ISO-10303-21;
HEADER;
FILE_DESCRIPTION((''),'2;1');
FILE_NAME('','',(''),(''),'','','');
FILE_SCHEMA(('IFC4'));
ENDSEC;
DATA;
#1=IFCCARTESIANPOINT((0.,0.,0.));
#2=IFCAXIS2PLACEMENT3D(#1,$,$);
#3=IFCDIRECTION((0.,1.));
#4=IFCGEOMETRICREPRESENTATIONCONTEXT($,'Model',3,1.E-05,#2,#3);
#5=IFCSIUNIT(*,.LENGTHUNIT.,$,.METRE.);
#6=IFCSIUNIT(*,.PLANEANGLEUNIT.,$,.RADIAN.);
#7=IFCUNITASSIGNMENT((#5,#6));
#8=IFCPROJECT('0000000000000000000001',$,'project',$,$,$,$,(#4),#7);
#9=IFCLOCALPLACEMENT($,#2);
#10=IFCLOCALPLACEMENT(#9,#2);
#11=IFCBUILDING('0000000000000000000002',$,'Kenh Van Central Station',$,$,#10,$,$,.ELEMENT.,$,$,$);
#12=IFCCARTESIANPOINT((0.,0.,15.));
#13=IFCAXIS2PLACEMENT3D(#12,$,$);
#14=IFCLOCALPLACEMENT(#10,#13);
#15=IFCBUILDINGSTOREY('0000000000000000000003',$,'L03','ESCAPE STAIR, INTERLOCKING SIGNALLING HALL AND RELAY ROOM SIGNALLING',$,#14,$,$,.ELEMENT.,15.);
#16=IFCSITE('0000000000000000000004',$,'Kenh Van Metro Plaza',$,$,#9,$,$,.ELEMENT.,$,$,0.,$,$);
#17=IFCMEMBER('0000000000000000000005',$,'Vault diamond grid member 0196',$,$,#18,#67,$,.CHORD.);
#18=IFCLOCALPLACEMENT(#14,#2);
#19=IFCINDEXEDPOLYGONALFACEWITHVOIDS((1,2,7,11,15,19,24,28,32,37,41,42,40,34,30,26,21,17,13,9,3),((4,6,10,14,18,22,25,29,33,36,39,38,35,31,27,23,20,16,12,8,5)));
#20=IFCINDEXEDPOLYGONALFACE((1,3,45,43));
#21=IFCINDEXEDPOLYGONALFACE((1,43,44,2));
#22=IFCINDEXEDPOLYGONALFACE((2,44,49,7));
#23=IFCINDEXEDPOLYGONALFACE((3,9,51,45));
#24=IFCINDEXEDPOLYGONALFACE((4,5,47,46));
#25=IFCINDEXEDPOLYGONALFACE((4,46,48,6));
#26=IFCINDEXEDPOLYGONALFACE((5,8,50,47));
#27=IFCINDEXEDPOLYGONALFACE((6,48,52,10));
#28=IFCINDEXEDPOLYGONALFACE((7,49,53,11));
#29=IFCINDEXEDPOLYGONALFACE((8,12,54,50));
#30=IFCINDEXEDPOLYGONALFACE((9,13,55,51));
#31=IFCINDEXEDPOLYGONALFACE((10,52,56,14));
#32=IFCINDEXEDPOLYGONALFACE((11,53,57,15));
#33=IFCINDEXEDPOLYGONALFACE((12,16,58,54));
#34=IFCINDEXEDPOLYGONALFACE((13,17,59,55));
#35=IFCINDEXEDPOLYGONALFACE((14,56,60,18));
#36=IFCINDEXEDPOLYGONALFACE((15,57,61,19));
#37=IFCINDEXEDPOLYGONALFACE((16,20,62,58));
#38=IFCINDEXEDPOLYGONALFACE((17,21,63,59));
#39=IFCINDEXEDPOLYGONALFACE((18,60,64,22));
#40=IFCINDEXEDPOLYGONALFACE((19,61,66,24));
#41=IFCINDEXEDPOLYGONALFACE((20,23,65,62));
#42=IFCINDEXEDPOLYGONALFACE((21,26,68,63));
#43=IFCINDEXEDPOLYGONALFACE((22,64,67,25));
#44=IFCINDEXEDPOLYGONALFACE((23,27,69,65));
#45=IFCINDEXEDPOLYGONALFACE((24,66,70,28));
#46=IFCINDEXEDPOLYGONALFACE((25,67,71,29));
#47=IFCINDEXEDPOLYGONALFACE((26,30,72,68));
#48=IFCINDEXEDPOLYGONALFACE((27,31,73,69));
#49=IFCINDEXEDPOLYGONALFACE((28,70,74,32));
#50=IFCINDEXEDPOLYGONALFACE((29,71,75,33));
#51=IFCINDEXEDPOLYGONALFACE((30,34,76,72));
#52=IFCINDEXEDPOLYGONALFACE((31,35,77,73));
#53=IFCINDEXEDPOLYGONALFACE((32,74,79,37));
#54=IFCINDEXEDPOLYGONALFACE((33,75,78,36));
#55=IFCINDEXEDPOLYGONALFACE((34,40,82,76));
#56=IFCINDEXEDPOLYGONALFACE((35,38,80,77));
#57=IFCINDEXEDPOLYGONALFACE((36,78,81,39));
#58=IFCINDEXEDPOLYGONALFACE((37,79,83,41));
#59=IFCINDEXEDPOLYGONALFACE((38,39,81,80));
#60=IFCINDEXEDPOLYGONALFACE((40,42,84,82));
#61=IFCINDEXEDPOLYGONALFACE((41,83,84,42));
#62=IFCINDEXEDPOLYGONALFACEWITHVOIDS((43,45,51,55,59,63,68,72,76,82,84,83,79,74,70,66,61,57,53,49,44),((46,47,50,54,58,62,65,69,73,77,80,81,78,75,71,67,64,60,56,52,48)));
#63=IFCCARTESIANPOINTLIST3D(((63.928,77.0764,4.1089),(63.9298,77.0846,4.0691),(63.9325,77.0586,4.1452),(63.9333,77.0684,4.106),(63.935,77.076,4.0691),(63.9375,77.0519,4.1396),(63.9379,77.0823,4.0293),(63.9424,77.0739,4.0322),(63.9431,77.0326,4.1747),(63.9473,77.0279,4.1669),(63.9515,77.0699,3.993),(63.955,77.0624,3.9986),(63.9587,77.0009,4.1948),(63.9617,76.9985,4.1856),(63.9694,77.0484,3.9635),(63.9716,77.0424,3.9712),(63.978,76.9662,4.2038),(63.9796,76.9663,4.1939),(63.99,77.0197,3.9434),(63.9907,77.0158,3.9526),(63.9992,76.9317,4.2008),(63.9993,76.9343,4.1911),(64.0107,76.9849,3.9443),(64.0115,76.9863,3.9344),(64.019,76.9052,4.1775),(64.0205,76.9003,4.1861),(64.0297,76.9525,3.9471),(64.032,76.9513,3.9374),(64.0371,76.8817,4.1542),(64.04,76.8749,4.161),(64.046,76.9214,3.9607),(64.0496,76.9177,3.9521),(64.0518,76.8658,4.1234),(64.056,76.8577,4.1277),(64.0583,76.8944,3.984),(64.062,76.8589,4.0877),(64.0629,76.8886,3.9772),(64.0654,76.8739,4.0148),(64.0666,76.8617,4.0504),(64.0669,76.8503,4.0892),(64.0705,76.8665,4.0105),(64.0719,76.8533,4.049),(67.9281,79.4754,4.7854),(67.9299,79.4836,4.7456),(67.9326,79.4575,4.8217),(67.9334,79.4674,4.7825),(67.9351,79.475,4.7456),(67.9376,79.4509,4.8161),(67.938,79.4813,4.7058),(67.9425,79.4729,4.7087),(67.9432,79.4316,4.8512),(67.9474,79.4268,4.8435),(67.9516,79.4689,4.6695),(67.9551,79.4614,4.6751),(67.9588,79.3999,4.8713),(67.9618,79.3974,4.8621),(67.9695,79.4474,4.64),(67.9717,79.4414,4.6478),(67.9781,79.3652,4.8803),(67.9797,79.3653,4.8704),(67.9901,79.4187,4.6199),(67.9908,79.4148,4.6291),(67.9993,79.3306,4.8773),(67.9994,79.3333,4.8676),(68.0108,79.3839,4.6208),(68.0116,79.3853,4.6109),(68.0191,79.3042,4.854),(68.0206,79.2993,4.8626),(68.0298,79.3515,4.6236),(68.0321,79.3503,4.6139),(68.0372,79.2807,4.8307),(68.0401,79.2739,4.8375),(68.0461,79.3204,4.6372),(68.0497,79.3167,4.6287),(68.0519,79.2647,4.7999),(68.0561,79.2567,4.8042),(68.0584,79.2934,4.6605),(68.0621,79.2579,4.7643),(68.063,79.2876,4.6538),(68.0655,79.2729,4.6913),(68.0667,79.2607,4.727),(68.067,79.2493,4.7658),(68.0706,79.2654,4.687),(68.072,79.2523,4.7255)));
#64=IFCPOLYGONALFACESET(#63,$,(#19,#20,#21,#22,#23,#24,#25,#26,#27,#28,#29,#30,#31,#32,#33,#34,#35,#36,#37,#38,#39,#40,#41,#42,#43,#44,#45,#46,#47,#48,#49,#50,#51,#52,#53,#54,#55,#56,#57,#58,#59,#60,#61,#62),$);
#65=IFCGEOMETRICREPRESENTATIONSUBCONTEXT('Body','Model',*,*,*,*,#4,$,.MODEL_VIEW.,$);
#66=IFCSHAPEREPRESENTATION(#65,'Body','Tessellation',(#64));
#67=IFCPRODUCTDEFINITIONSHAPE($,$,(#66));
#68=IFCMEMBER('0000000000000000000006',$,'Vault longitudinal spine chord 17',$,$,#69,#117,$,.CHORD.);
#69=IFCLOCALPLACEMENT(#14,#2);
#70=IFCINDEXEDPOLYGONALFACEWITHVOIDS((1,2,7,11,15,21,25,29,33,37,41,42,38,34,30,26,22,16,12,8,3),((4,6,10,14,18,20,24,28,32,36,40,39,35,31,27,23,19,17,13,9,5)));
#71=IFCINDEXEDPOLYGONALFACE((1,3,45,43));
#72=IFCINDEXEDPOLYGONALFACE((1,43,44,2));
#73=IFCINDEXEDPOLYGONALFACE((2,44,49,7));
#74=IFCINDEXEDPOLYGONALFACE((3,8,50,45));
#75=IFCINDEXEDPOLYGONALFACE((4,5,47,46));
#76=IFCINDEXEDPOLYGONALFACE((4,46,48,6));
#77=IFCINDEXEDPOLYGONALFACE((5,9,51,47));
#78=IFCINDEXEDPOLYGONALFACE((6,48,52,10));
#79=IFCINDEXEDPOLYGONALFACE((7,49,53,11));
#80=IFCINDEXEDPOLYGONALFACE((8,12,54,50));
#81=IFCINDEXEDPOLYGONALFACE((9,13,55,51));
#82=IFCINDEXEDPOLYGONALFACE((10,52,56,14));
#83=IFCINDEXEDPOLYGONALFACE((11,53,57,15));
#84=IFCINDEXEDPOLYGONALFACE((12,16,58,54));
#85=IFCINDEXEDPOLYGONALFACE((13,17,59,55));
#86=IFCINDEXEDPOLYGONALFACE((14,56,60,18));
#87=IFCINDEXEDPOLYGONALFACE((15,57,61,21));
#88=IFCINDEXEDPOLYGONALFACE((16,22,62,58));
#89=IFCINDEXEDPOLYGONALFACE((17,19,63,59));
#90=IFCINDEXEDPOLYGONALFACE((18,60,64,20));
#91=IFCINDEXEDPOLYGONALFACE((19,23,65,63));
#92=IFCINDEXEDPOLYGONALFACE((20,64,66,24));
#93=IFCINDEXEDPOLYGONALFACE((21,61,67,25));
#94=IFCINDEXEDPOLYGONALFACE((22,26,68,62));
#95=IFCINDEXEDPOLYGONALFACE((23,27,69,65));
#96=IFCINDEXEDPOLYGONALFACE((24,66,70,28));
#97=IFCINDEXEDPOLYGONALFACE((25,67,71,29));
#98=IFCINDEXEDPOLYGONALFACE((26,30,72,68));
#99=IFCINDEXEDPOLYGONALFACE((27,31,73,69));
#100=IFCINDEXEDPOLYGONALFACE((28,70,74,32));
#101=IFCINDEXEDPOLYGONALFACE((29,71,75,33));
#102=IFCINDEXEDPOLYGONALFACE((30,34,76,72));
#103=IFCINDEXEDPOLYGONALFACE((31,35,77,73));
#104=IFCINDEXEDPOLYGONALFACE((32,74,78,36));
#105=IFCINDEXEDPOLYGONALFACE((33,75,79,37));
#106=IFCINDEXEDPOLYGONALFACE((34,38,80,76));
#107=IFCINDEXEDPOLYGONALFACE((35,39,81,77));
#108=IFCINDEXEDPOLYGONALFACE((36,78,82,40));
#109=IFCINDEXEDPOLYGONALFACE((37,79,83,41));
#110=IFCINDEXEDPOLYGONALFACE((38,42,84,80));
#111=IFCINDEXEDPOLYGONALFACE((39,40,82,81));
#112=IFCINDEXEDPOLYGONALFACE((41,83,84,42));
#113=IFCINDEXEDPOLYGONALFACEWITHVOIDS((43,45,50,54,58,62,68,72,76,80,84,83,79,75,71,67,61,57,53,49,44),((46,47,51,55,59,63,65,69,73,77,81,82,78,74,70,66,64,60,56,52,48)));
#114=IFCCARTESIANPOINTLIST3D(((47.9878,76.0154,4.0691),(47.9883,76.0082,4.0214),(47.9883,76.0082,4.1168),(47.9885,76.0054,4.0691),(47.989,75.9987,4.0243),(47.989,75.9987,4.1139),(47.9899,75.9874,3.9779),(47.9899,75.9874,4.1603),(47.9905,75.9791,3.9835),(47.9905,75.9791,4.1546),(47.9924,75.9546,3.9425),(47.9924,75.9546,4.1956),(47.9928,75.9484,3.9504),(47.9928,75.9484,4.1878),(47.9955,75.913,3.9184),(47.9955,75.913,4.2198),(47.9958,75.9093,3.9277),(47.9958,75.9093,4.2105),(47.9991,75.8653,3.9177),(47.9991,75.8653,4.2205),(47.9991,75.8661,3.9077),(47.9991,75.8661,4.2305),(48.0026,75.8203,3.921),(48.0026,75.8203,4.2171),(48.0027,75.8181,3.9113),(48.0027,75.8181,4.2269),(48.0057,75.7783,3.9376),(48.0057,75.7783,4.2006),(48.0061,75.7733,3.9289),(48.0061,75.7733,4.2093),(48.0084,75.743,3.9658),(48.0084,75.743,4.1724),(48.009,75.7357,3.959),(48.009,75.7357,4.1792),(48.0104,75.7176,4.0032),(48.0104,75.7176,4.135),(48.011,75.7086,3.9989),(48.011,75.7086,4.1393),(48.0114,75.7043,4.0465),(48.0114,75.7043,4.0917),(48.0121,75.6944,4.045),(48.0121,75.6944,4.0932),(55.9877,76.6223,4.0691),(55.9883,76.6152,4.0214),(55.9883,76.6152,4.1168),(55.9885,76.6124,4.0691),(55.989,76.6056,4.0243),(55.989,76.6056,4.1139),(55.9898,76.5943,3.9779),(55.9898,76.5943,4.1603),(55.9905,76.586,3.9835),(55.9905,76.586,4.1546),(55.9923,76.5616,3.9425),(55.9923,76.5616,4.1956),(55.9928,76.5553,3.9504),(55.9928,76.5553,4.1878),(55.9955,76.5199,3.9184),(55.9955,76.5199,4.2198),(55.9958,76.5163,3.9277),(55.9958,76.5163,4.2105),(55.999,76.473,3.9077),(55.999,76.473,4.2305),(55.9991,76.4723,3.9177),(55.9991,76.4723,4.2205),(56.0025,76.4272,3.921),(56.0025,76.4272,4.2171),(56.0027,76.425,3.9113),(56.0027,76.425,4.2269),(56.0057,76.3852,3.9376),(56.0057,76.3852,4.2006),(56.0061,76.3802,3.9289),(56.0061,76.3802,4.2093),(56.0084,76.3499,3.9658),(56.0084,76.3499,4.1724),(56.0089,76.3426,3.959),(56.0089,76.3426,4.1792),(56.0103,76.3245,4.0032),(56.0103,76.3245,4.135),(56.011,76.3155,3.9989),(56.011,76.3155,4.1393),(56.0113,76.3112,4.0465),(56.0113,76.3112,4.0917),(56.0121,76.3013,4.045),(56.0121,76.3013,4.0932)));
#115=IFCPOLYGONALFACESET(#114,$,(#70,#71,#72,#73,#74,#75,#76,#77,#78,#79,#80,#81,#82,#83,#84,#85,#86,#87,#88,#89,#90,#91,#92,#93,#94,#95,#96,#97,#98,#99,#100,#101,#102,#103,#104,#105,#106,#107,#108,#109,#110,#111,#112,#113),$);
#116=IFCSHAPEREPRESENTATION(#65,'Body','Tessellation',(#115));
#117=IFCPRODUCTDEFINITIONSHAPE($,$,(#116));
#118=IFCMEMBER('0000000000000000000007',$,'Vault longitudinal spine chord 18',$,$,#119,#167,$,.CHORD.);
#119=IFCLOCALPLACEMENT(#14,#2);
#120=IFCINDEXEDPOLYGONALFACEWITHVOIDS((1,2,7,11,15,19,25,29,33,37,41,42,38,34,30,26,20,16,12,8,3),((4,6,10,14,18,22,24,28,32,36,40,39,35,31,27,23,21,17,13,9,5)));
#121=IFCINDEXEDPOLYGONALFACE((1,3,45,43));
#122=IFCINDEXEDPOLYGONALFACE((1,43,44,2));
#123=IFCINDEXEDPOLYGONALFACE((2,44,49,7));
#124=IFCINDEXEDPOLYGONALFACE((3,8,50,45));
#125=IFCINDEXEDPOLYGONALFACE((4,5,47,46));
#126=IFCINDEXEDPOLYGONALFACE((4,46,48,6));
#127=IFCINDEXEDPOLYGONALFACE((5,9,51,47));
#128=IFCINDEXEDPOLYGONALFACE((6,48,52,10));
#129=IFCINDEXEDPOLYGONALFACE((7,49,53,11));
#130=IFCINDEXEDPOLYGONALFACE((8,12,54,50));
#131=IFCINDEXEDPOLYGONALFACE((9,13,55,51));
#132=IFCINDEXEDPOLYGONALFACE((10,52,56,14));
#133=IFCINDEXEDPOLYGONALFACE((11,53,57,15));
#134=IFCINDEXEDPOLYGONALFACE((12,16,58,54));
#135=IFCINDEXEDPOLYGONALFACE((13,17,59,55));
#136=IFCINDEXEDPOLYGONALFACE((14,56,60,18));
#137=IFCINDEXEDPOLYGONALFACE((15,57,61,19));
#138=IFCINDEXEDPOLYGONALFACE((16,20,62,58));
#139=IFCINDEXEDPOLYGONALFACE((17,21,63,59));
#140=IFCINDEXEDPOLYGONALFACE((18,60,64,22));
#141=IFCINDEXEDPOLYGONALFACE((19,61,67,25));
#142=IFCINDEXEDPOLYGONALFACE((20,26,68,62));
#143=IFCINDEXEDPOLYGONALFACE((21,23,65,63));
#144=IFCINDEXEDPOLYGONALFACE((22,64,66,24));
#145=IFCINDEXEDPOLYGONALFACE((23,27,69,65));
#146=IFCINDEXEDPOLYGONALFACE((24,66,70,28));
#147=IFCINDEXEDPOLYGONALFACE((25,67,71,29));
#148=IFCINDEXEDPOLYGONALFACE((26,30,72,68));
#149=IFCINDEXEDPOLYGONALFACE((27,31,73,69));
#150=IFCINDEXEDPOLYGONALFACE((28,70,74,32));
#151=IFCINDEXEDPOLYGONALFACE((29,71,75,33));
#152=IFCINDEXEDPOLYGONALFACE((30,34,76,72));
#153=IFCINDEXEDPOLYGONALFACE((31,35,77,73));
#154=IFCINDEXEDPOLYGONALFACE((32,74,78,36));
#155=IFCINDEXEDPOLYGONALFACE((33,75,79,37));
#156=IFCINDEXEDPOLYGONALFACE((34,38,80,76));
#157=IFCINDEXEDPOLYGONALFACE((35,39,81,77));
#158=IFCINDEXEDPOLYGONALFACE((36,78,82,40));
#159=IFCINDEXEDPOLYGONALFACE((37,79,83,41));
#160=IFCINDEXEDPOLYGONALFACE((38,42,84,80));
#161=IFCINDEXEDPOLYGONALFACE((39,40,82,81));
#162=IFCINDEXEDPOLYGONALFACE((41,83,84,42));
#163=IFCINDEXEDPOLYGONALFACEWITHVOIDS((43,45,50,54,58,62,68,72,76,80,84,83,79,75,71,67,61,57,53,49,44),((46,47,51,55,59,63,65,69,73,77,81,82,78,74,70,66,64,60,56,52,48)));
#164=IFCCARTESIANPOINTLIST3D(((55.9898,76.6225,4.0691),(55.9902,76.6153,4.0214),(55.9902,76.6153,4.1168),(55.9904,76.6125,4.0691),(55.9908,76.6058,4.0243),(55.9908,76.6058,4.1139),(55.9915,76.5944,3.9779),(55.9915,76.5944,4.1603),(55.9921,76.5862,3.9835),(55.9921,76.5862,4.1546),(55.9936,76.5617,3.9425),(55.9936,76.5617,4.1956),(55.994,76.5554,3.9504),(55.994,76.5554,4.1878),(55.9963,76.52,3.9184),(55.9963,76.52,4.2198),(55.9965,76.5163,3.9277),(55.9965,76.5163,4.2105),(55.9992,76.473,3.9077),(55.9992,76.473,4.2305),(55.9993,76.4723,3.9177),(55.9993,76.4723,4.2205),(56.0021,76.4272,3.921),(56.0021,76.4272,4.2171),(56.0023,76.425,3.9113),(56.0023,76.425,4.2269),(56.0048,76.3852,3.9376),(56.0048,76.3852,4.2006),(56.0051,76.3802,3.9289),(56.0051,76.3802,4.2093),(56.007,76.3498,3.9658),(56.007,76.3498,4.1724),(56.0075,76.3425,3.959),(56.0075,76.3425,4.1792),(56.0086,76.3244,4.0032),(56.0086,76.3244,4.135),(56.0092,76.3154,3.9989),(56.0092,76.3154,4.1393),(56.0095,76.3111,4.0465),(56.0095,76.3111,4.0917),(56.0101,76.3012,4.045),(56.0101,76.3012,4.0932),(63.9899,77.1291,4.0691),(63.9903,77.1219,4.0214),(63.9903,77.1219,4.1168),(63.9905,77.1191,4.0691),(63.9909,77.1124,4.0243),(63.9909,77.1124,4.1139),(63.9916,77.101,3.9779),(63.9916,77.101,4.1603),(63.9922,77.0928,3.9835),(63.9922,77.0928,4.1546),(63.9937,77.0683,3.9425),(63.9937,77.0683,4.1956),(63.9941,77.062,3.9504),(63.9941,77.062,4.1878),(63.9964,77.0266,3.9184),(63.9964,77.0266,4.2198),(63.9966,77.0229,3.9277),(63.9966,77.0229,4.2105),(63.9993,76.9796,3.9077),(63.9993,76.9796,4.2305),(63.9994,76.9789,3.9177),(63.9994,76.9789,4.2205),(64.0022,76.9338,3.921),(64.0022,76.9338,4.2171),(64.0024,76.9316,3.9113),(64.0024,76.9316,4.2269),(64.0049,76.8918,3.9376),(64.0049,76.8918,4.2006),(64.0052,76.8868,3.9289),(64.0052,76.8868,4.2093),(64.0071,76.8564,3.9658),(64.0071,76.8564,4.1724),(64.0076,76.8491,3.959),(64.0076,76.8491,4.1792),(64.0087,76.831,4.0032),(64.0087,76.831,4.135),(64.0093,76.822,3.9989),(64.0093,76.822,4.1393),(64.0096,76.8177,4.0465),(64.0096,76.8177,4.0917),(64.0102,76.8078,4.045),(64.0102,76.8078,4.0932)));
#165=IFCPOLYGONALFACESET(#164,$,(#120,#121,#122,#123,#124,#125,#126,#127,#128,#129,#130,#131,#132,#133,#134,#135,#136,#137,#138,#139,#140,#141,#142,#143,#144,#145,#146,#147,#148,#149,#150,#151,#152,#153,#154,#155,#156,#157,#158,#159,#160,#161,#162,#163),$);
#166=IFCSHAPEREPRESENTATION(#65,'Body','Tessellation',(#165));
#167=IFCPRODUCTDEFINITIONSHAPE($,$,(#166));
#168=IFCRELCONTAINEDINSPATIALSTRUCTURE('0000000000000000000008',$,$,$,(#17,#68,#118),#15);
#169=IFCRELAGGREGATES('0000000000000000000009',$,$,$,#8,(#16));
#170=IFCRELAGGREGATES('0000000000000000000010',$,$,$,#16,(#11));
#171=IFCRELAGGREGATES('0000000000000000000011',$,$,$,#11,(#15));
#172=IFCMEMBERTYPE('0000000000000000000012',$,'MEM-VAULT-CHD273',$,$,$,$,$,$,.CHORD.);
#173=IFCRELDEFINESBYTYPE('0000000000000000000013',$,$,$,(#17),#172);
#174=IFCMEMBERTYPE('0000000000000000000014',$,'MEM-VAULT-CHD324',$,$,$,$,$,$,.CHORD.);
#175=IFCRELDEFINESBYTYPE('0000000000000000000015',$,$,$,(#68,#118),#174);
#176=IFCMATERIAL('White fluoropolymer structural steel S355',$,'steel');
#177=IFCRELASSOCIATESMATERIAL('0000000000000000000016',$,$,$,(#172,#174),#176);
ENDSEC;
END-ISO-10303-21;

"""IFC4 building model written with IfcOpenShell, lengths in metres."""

from ifc_helpers import new_model, si_unit, direction, frame, origin, origin_2d, place, context, subcontext, project, spatial, hollow_circle, extrude, material, material_profile, profile_set, type_object, element, save


model = new_model("IFC4")

# Units and contexts
model_context = context("Model", 3, precision=1e-05, world=origin(), true_north=direction((0.0, 1.0)))
body_context = subcontext(model_context, "Body", "Model", "MODEL_VIEW")
ifc_project = project(units=[si_unit("LENGTHUNIT", "METRE"), si_unit("PLANEANGLEUNIT", "RADIAN")], contexts=[model_context])

# Site, building, storey
site_placement = place(None, origin())
site = spatial("IfcSite", under=ifc_project, at=site_placement, Name="Kenh Van Metro Plaza", CompositionType="ELEMENT", RefElevation=0.0)
building_placement = place(site_placement, origin())
building = spatial("IfcBuilding", under=site, at=building_placement, Name="Kenh Van Central Station", CompositionType="ELEMENT")
storey_placement = place(building_placement, frame((0.0, 0.0, 15.0)))
storey = spatial("IfcBuildingStorey", under=building, at=storey_placement, Name="L03", Description="ESCAPE STAIR, INTERLOCKING SIGNALLING HALL AND RELAY ROOM SIGNALLING", CompositionType="ELEMENT", Elevation=15.0)

# Shared definitions
ifc_material_1 = material(Name="White fluoropolymer structural steel S355", Category="steel")

# Members
ifc_material_profile_1 = material_profile(ifc_material_1, hollow_circle(Radius=0.1365, WallThickness=0.01, at=origin_2d()), Name="CHS 273x10")
ifc_profile_set_1 = profile_set([ifc_material_profile_1], Name="White fluoropolymer structural steel S355")
member_type_1 = type_object("IfcMemberType", Name="MEM-VAULT-CHD273", PredefinedType="CHORD", material=ifc_profile_set_1)
member_1_placement = place(storey_placement, frame((64.0, 76.9675, 4.0691), z_axis=(0.848714, 0.509, 0.143542), x_axis=(-0.514326, 0.857595, 0.0)))
element("IfcMember", 1, at=member_1_placement, inside=storey, type_object=member_type_1, Name="Vault diamond grid member 0196", PredefinedType="CHORD", context=body_context, shape_type="SweptSolid", body=[
    extrude(hollow_circle(Radius=0.1365, WallThickness=0.01, at=origin_2d()), origin(), (0.0, 0.0, 1.0), 4.7131),
])
ifc_material_profile_2 = material_profile(ifc_material_1, hollow_circle(Radius=0.1619, WallThickness=0.01, at=origin_2d()), Name="CHS 323.9x10")
ifc_profile_set_2 = profile_set([ifc_material_profile_2], Name="White fluoropolymer structural steel S355")
member_type_2 = type_object("IfcMemberType", Name="MEM-VAULT-CHD324", PredefinedType="CHORD", material=ifc_profile_set_2)
member_2_placement = place(storey_placement, frame((48.0, 75.854, 4.0691), z_axis=(0.997134, 0.075649, 0.0), x_axis=(-0.075649, 0.997134, 0.0)))
element("IfcMember", 2, at=member_2_placement, inside=storey, type_object=member_type_2, Name="Vault longitudinal spine chord 17", PredefinedType="CHORD", context=body_context, shape_type="SweptSolid", body=[
    extrude(hollow_circle(Radius=0.1619, WallThickness=0.01, at=origin_2d()), origin(), (0.0, 0.0, 1.0), 8.0229),
])
member_3_placement = place(storey_placement, frame((56.0, 76.4609, 4.0691), z_axis=(0.998001, 0.063197, 0.0), x_axis=(-0.063197, 0.998001, 0.0)))
element("IfcMember", 3, at=member_3_placement, inside=storey, type_object=member_type_2, Name="Vault longitudinal spine chord 18", PredefinedType="CHORD", context=body_context, shape_type="SweptSolid", body=[
    extrude(hollow_circle(Radius=0.1619, WallThickness=0.01, at=origin_2d()), origin(), (0.0, 0.0, 1.0), 8.0161),
])

save(model, "model.ifc")
